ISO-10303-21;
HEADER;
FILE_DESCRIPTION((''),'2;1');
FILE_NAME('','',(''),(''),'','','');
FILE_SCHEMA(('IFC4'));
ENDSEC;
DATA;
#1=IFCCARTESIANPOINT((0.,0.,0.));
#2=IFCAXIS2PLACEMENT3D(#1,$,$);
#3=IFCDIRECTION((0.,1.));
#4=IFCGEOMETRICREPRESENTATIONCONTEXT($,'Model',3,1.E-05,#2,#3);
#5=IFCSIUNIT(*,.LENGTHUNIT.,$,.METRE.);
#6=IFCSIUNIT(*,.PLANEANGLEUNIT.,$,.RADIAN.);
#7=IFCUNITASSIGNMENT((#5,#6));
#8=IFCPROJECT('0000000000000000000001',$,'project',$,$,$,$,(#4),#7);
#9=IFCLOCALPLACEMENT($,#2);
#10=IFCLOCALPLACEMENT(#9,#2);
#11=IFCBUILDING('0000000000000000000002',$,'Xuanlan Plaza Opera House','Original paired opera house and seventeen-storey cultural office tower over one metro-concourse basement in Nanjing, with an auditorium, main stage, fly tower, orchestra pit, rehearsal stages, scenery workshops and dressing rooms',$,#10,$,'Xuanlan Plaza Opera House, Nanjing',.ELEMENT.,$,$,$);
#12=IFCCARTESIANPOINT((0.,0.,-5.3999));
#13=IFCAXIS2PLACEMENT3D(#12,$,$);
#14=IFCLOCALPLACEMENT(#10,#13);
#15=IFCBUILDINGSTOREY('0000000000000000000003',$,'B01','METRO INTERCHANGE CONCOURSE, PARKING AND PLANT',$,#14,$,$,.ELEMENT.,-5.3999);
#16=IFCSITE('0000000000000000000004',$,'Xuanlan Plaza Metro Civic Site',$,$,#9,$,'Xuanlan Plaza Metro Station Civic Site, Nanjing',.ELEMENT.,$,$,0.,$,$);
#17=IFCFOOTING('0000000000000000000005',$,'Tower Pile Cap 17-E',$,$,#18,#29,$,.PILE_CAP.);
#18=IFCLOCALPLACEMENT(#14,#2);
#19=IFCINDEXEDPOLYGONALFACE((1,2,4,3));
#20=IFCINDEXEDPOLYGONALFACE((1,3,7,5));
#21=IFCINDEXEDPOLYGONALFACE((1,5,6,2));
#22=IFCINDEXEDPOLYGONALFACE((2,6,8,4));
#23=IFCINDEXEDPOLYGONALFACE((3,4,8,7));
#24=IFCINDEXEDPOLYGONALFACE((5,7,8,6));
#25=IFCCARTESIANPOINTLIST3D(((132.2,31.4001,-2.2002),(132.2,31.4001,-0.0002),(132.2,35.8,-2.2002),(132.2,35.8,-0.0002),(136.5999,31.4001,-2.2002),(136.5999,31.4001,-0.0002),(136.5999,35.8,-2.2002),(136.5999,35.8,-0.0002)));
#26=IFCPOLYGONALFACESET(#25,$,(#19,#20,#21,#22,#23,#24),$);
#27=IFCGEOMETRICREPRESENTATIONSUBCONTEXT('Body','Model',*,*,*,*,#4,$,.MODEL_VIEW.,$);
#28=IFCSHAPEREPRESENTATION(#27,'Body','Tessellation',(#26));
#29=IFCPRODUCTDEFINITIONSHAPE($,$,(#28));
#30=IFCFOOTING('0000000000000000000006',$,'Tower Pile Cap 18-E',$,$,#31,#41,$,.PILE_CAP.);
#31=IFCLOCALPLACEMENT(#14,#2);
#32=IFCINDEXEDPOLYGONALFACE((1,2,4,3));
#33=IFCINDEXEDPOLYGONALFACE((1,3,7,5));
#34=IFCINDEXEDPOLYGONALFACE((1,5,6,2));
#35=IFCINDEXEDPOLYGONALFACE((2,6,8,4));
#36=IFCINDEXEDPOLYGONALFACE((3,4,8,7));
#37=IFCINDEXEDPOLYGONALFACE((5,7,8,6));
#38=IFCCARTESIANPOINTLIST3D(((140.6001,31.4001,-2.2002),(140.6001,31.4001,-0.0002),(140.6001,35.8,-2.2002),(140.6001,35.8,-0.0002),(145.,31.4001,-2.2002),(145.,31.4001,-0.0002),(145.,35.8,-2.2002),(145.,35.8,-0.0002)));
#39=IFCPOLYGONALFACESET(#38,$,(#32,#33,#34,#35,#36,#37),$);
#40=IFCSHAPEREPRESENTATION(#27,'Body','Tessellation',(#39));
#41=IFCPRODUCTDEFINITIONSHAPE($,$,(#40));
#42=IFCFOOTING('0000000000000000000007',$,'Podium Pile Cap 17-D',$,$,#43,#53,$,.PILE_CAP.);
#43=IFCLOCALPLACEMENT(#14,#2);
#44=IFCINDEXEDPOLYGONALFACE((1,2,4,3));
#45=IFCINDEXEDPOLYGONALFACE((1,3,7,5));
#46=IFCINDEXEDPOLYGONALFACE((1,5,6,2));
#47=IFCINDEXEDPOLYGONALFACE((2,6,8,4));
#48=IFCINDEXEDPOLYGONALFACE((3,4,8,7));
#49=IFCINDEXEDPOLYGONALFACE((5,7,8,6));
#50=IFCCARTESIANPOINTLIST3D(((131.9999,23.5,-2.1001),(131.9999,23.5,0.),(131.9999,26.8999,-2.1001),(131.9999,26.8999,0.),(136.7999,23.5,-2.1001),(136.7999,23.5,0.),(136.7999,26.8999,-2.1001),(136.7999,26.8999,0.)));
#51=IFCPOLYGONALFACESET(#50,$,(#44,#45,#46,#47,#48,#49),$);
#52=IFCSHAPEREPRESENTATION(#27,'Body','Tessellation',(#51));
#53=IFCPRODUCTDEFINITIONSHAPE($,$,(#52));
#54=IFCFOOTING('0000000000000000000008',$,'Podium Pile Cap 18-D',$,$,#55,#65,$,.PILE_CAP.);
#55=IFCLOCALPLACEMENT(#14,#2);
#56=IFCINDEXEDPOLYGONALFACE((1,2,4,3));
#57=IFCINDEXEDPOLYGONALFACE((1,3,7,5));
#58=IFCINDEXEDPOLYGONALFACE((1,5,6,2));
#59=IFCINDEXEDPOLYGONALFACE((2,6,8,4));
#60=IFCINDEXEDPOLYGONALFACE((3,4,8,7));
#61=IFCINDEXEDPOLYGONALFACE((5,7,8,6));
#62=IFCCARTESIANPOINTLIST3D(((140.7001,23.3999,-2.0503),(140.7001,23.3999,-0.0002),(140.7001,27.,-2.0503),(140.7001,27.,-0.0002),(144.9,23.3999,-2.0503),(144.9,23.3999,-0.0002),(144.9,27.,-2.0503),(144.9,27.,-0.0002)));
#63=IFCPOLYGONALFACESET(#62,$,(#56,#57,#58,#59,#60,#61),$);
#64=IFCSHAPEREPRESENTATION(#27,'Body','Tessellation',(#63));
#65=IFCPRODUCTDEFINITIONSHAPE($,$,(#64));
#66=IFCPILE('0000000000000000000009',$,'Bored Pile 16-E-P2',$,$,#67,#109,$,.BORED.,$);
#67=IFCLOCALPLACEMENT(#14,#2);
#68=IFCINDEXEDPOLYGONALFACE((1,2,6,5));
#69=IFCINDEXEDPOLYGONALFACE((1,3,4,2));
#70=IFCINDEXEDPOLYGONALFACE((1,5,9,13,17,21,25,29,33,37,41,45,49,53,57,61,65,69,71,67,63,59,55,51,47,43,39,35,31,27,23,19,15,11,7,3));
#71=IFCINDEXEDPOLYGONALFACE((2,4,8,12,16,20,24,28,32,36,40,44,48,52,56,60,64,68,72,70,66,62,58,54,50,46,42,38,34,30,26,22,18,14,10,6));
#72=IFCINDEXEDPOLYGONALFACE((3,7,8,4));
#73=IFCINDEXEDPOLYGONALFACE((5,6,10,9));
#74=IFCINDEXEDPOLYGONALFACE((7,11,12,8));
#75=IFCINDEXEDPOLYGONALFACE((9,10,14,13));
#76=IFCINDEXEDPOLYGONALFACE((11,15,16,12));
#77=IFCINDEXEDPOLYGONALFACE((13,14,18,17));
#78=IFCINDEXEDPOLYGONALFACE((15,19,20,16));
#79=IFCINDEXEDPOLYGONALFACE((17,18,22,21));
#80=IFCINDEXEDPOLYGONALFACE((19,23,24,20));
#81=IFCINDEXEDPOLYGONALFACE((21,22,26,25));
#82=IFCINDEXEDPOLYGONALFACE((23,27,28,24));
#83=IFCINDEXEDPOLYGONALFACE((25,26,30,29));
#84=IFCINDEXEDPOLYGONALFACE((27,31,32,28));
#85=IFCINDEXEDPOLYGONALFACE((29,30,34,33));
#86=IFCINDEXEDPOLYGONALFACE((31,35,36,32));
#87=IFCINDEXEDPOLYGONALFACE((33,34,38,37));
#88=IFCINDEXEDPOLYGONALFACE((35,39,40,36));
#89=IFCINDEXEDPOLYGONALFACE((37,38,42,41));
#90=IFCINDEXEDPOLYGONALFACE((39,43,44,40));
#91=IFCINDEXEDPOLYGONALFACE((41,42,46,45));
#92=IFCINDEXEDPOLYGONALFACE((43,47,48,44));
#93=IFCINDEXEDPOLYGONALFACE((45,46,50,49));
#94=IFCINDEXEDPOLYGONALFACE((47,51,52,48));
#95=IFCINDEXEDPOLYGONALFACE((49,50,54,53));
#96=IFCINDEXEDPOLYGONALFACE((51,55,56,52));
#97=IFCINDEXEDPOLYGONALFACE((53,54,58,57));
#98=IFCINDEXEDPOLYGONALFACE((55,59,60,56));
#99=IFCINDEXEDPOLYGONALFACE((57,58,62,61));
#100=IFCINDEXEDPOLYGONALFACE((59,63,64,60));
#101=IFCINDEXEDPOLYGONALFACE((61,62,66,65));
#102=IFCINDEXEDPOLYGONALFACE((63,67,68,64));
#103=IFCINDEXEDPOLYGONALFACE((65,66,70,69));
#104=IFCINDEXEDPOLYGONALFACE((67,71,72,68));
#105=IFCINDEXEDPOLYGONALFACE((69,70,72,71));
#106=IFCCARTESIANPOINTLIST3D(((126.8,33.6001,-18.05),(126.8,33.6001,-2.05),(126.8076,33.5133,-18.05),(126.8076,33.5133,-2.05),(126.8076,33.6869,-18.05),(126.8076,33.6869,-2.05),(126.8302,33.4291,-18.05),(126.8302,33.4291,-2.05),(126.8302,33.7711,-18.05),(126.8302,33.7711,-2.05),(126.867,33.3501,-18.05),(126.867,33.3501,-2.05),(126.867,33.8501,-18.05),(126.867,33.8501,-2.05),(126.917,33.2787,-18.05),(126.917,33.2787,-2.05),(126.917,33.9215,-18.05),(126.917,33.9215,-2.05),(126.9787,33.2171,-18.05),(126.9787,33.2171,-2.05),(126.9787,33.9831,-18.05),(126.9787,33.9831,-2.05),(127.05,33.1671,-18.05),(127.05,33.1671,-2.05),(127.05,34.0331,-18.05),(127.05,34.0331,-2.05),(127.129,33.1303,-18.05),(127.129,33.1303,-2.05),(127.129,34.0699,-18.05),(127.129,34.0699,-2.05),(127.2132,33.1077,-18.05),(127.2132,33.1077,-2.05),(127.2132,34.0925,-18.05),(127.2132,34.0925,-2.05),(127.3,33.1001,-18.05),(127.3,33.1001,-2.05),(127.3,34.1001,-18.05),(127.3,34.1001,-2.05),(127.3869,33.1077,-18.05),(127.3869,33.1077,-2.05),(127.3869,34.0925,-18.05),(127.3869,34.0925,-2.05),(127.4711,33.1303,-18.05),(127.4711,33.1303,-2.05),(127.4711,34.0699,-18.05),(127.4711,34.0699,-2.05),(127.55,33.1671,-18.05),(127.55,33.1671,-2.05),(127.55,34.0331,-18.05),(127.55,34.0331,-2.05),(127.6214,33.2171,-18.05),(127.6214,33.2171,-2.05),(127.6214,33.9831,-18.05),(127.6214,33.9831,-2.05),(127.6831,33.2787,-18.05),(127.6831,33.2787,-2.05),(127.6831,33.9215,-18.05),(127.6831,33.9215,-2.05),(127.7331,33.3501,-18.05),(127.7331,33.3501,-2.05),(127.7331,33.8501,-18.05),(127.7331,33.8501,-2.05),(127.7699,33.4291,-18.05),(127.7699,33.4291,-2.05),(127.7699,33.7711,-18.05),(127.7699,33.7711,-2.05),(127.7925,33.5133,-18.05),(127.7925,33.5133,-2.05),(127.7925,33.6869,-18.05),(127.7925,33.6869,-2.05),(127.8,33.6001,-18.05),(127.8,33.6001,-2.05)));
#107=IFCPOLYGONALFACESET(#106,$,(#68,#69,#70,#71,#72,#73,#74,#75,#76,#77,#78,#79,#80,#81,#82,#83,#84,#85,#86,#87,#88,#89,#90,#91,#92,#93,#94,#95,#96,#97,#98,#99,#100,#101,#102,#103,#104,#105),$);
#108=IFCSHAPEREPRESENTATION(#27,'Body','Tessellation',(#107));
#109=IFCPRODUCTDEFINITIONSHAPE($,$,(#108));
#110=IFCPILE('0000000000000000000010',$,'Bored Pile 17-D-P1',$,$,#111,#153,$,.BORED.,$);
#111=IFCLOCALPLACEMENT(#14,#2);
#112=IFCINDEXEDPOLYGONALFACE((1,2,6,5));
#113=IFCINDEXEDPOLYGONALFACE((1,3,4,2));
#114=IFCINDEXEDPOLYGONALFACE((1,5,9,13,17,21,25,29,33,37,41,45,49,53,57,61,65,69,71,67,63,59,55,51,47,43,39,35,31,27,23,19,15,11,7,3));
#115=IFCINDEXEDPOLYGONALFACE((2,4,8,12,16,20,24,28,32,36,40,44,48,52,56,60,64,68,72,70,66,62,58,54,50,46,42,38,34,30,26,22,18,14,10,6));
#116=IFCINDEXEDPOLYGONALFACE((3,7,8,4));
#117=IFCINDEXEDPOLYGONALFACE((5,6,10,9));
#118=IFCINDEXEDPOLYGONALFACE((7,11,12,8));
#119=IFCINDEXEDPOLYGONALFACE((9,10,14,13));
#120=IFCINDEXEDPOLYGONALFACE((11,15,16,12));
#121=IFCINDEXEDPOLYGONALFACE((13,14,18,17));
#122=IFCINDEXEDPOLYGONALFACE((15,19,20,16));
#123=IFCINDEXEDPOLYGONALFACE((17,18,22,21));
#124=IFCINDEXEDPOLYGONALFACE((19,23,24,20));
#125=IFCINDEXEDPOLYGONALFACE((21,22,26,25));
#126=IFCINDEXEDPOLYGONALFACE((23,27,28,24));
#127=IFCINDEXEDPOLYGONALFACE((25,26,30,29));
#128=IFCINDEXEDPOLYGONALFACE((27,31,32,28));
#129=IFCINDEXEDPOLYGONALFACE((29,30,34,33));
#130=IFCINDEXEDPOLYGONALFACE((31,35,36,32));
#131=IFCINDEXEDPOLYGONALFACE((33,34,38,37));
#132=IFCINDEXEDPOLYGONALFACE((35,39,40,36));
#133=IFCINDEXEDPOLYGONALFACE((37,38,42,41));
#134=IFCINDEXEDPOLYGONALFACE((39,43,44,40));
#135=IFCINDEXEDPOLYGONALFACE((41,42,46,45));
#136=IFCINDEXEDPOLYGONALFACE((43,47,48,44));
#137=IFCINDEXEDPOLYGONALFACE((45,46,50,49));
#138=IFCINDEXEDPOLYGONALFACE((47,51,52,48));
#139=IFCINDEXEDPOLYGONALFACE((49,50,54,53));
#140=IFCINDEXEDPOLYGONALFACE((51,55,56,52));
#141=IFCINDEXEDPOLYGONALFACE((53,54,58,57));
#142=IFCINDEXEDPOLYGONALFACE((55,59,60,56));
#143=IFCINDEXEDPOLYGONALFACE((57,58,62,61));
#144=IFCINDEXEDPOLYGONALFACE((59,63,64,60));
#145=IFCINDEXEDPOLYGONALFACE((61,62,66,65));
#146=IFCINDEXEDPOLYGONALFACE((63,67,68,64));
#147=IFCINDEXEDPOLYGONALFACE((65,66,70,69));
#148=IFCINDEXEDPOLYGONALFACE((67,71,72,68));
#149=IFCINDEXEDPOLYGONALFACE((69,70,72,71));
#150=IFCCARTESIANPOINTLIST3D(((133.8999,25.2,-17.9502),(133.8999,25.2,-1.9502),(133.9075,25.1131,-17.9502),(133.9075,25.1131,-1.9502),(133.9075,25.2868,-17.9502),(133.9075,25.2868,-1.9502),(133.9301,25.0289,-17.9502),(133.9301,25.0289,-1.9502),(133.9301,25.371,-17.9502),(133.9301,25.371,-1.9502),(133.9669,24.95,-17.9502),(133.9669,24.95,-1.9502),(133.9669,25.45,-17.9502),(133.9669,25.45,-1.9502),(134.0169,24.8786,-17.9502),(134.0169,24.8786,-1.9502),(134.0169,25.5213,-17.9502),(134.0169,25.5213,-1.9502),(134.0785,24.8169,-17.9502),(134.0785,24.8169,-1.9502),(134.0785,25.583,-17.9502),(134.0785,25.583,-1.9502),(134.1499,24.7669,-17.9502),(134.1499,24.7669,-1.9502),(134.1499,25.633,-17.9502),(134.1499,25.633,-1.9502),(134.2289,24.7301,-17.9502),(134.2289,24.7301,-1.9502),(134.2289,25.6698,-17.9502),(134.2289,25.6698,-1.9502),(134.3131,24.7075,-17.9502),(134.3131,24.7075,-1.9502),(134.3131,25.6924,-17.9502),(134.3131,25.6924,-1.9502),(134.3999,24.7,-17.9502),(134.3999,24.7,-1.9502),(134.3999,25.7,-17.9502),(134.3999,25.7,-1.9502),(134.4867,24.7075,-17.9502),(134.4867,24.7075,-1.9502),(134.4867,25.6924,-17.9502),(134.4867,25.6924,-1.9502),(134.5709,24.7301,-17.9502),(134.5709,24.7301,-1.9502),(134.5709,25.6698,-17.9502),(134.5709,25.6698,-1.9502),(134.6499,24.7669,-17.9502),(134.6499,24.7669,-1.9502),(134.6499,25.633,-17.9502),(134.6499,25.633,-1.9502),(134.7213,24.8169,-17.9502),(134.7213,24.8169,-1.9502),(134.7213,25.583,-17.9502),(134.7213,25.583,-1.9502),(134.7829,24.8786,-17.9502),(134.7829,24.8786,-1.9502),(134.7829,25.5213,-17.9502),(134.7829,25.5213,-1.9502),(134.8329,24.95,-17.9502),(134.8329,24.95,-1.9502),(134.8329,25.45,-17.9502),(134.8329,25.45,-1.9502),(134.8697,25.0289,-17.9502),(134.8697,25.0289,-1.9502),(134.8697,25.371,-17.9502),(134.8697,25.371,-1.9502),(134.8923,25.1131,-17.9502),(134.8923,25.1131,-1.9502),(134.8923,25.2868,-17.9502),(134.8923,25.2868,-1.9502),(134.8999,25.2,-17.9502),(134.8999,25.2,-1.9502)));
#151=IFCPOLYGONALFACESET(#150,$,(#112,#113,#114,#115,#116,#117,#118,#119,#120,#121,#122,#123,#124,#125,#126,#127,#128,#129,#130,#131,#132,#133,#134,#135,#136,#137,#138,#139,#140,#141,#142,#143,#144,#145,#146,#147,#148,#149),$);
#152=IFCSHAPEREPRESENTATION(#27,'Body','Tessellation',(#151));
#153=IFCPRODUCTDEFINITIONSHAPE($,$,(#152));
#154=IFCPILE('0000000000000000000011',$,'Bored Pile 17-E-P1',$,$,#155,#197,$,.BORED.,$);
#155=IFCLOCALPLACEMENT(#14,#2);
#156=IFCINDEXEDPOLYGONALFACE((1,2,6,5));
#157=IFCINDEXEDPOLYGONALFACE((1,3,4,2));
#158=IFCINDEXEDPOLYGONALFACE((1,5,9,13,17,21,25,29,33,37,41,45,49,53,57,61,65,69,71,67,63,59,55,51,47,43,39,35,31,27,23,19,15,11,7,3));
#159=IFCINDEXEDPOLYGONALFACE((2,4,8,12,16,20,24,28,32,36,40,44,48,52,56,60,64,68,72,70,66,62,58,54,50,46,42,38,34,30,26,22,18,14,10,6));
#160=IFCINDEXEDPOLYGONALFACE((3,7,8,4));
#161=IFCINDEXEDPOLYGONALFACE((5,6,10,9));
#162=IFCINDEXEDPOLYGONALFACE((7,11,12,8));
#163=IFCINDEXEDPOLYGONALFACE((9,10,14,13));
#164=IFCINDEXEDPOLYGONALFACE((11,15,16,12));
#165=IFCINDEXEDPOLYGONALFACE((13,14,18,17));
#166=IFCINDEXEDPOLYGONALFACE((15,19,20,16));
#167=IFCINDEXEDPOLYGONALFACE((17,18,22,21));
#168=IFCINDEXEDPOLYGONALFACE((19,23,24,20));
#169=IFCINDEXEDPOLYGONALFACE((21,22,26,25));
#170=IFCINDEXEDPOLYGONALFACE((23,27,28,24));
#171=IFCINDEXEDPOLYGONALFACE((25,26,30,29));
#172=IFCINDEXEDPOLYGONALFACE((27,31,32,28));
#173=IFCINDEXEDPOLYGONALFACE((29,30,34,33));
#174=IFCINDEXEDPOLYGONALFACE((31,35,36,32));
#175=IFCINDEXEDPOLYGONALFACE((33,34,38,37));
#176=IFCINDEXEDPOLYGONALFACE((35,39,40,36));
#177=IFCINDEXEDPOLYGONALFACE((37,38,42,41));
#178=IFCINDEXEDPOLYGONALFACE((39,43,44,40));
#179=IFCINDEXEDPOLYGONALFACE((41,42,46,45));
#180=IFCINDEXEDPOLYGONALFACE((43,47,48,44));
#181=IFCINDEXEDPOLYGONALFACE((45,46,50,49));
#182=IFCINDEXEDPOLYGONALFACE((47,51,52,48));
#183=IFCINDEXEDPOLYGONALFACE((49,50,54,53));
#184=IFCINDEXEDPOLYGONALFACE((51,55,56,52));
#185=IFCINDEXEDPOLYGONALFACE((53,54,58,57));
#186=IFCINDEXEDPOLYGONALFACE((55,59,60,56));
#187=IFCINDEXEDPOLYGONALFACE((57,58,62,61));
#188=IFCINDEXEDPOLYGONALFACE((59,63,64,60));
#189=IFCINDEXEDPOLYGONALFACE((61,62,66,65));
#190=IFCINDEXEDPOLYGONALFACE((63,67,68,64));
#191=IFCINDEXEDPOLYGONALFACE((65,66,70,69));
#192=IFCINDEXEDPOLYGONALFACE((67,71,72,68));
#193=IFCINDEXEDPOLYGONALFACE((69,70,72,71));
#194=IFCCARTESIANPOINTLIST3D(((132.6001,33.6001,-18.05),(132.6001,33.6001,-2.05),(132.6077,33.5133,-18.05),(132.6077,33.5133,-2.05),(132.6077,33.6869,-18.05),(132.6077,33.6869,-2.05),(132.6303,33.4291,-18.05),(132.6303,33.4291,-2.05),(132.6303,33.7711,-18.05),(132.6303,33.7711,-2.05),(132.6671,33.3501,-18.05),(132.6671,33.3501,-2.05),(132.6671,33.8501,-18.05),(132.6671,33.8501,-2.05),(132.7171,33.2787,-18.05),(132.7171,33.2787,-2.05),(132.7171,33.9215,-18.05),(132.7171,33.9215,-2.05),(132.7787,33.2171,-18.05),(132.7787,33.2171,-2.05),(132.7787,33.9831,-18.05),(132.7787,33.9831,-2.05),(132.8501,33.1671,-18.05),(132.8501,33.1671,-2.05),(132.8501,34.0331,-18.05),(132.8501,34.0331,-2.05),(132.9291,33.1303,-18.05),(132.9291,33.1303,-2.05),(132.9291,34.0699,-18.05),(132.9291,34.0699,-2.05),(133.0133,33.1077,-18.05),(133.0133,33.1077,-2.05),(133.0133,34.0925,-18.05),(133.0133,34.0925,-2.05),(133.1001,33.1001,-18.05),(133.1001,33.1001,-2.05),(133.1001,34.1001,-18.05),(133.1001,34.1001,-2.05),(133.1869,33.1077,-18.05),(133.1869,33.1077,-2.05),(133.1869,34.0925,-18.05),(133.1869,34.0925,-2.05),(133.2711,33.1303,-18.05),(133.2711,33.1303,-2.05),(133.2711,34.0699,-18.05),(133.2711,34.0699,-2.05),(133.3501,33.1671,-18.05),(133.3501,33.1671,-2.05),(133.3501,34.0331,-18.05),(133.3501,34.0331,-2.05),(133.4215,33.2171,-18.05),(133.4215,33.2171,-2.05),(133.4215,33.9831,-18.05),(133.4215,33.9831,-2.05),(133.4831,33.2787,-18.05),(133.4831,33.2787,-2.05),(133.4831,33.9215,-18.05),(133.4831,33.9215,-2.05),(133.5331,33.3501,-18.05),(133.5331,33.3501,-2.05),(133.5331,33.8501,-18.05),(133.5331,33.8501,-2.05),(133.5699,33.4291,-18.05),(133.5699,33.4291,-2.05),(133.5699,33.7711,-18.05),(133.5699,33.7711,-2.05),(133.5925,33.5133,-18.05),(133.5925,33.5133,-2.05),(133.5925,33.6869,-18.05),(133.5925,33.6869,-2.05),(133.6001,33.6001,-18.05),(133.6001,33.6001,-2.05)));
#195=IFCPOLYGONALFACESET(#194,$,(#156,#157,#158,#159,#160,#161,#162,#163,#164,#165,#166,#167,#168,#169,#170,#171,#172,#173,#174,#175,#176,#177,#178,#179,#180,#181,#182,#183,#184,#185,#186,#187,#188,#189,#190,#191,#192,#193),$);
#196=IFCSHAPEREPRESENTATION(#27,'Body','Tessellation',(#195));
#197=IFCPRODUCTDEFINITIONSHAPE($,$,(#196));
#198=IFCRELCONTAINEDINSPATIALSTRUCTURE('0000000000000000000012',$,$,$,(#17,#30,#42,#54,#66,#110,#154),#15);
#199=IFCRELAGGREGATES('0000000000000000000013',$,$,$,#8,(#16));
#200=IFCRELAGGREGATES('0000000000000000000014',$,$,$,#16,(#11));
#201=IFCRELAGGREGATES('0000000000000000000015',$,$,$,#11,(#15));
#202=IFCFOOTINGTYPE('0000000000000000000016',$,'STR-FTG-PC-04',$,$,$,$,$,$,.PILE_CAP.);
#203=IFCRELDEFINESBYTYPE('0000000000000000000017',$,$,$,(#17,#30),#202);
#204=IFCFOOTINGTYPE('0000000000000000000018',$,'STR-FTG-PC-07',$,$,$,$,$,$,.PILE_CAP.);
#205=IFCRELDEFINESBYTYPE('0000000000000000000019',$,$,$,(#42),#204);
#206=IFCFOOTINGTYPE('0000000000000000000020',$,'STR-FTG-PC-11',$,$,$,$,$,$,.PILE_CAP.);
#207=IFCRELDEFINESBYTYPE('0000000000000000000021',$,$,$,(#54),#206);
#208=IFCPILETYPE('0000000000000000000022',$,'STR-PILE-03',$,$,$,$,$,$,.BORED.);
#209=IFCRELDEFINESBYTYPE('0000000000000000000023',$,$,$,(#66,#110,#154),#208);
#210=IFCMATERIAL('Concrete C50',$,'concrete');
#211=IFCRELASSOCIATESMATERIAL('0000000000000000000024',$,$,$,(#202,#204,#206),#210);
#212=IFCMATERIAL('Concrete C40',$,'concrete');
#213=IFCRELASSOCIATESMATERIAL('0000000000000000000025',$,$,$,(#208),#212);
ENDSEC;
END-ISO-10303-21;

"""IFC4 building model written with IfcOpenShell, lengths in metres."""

from ifc_helpers import new_model, si_unit, direction, frame, origin, origin_2d, place, context, subcontext, project, spatial, rectangle, circle, extrude, material, material_profile, profile_set, type_object, element, save


model = new_model("IFC4")

# Units and contexts
model_context = context("Model", 3, precision=1e-05, world=origin(), true_north=direction((0.0, 1.0)))
body_context = subcontext(model_context, "Body", "Model", "MODEL_VIEW")
ifc_project = project(units=[si_unit("LENGTHUNIT", "METRE"), si_unit("PLANEANGLEUNIT", "RADIAN")], contexts=[model_context])

# Site, building, storey
site_placement = place(None, origin())
site = spatial("IfcSite", under=ifc_project, at=site_placement, Name="Xuanlan Plaza Metro Civic Site", LongName="Xuanlan Plaza Metro Station Civic Site, Nanjing", CompositionType="ELEMENT", RefElevation=0.0)
building_placement = place(site_placement, origin())
building = spatial("IfcBuilding", under=site, at=building_placement, Name="Xuanlan Plaza Opera House", Description="Original paired opera house and seventeen-storey cultural office tower over one metro-concourse basement in Nanjing, with an auditorium, main stage, fly tower, orchestra pit, rehearsal stages, scenery workshops and dressing rooms", LongName="Xuanlan Plaza Opera House, Nanjing", CompositionType="ELEMENT")
storey_placement = place(building_placement, frame((0.0, 0.0, -5.3999)))
storey = spatial("IfcBuildingStorey", under=building, at=storey_placement, Name="B01", Description="METRO INTERCHANGE CONCOURSE, PARKING AND PLANT", CompositionType="ELEMENT", Elevation=-5.3999)

# Footings
ifc_material_1 = material(Name="Concrete C50", Category="concrete")
footing_type_1 = type_object("IfcFootingType", Name="STR-FTG-PC-04", PredefinedType="PILE_CAP", material=ifc_material_1)
for number, where, z_axis, x_axis, name in (
    (1, (134.3999, 33.6001, -2.2002), (0.0, 0.0, 1.0), (1.0, 0.0, 0.0), "Tower Pile Cap 17-E"),
    (2, (142.8, 33.6001, -2.2002), (0.0, 0.0, 1.0), (1.0, 0.0, 0.0), "Tower Pile Cap 18-E"),
):
    element("IfcFooting", number, at=place(storey_placement, frame(where, z_axis=z_axis, x_axis=x_axis)), inside=storey, type_object=footing_type_1, Name=name, PredefinedType="PILE_CAP", context=body_context, shape_type="SweptSolid", body=[
        extrude(rectangle(XDim=4.3999, YDim=4.3999, at=origin_2d()), origin(), (0.0, 0.0, 1.0), 2.2),
    ])
footing_type_2 = type_object("IfcFootingType", Name="STR-FTG-PC-07", PredefinedType="PILE_CAP", material=ifc_material_1)
footing_1_placement = place(storey_placement, frame((134.3999, 25.2, -2.1001), z_axis=(0.0, 0.0, 1.0), x_axis=(1.0, 0.0, 0.0)))
element("IfcFooting", 3, at=footing_1_placement, inside=storey, type_object=footing_type_2, Name="Podium Pile Cap 17-D", PredefinedType="PILE_CAP", context=body_context, shape_type="SweptSolid", body=[
    extrude(rectangle(XDim=4.8, YDim=3.3999, at=origin_2d()), origin(), (0.0, 0.0, 1.0), 2.1001),
])
footing_type_3 = type_object("IfcFootingType", Name="STR-FTG-PC-11", PredefinedType="PILE_CAP", material=ifc_material_1)
footing_2_placement = place(storey_placement, frame((142.8, 25.2, -2.0503), z_axis=(0.0, 0.0, 1.0), x_axis=(1.0, 0.0, 0.0)))
element("IfcFooting", 4, at=footing_2_placement, inside=storey, type_object=footing_type_3, Name="Podium Pile Cap 18-D", PredefinedType="PILE_CAP", context=body_context, shape_type="SweptSolid", body=[
    extrude(rectangle(XDim=4.2, YDim=3.6001, at=origin_2d()), origin(), (0.0, 0.0, 1.0), 2.05),
])

# Piles
ifc_material_2 = material(Name="Concrete C40", Category="concrete")
ifc_material_profile_1 = material_profile(ifc_material_2, circle(Radius=0.5, at=origin_2d()), Name="PILE D1000")
ifc_profile_set_1 = profile_set([ifc_material_profile_1], Name="Concrete C40")
pile_type = type_object("IfcPileType", Name="STR-PILE-03", PredefinedType="BORED", material=ifc_profile_set_1)
for number, where, z_axis, x_axis, name in (
    (5, (127.3, 33.6001, -2.05), (0.0, 0.0, -1.0), (1.0, 0.0, 0.0), "Bored Pile 16-E-P2"),
    (6, (134.3999, 25.2, -1.9502), (0.0, 0.0, -1.0), (1.0, 0.0, 0.0), "Bored Pile 17-D-P1"),
    (7, (133.1001, 33.6001, -2.05), (0.0, 0.0, -1.0), (1.0, 0.0, 0.0), "Bored Pile 17-E-P1"),
):
    element("IfcPile", number, at=place(storey_placement, frame(where, z_axis=z_axis, x_axis=x_axis)), inside=storey, type_object=pile_type, Name=name, PredefinedType="BORED", context=body_context, shape_type="SweptSolid", body=[
        extrude(circle(Radius=0.5, at=origin_2d()), origin(), (0.0, 0.0, 1.0), 16.0),
    ])

save(model, "model.ifc")
